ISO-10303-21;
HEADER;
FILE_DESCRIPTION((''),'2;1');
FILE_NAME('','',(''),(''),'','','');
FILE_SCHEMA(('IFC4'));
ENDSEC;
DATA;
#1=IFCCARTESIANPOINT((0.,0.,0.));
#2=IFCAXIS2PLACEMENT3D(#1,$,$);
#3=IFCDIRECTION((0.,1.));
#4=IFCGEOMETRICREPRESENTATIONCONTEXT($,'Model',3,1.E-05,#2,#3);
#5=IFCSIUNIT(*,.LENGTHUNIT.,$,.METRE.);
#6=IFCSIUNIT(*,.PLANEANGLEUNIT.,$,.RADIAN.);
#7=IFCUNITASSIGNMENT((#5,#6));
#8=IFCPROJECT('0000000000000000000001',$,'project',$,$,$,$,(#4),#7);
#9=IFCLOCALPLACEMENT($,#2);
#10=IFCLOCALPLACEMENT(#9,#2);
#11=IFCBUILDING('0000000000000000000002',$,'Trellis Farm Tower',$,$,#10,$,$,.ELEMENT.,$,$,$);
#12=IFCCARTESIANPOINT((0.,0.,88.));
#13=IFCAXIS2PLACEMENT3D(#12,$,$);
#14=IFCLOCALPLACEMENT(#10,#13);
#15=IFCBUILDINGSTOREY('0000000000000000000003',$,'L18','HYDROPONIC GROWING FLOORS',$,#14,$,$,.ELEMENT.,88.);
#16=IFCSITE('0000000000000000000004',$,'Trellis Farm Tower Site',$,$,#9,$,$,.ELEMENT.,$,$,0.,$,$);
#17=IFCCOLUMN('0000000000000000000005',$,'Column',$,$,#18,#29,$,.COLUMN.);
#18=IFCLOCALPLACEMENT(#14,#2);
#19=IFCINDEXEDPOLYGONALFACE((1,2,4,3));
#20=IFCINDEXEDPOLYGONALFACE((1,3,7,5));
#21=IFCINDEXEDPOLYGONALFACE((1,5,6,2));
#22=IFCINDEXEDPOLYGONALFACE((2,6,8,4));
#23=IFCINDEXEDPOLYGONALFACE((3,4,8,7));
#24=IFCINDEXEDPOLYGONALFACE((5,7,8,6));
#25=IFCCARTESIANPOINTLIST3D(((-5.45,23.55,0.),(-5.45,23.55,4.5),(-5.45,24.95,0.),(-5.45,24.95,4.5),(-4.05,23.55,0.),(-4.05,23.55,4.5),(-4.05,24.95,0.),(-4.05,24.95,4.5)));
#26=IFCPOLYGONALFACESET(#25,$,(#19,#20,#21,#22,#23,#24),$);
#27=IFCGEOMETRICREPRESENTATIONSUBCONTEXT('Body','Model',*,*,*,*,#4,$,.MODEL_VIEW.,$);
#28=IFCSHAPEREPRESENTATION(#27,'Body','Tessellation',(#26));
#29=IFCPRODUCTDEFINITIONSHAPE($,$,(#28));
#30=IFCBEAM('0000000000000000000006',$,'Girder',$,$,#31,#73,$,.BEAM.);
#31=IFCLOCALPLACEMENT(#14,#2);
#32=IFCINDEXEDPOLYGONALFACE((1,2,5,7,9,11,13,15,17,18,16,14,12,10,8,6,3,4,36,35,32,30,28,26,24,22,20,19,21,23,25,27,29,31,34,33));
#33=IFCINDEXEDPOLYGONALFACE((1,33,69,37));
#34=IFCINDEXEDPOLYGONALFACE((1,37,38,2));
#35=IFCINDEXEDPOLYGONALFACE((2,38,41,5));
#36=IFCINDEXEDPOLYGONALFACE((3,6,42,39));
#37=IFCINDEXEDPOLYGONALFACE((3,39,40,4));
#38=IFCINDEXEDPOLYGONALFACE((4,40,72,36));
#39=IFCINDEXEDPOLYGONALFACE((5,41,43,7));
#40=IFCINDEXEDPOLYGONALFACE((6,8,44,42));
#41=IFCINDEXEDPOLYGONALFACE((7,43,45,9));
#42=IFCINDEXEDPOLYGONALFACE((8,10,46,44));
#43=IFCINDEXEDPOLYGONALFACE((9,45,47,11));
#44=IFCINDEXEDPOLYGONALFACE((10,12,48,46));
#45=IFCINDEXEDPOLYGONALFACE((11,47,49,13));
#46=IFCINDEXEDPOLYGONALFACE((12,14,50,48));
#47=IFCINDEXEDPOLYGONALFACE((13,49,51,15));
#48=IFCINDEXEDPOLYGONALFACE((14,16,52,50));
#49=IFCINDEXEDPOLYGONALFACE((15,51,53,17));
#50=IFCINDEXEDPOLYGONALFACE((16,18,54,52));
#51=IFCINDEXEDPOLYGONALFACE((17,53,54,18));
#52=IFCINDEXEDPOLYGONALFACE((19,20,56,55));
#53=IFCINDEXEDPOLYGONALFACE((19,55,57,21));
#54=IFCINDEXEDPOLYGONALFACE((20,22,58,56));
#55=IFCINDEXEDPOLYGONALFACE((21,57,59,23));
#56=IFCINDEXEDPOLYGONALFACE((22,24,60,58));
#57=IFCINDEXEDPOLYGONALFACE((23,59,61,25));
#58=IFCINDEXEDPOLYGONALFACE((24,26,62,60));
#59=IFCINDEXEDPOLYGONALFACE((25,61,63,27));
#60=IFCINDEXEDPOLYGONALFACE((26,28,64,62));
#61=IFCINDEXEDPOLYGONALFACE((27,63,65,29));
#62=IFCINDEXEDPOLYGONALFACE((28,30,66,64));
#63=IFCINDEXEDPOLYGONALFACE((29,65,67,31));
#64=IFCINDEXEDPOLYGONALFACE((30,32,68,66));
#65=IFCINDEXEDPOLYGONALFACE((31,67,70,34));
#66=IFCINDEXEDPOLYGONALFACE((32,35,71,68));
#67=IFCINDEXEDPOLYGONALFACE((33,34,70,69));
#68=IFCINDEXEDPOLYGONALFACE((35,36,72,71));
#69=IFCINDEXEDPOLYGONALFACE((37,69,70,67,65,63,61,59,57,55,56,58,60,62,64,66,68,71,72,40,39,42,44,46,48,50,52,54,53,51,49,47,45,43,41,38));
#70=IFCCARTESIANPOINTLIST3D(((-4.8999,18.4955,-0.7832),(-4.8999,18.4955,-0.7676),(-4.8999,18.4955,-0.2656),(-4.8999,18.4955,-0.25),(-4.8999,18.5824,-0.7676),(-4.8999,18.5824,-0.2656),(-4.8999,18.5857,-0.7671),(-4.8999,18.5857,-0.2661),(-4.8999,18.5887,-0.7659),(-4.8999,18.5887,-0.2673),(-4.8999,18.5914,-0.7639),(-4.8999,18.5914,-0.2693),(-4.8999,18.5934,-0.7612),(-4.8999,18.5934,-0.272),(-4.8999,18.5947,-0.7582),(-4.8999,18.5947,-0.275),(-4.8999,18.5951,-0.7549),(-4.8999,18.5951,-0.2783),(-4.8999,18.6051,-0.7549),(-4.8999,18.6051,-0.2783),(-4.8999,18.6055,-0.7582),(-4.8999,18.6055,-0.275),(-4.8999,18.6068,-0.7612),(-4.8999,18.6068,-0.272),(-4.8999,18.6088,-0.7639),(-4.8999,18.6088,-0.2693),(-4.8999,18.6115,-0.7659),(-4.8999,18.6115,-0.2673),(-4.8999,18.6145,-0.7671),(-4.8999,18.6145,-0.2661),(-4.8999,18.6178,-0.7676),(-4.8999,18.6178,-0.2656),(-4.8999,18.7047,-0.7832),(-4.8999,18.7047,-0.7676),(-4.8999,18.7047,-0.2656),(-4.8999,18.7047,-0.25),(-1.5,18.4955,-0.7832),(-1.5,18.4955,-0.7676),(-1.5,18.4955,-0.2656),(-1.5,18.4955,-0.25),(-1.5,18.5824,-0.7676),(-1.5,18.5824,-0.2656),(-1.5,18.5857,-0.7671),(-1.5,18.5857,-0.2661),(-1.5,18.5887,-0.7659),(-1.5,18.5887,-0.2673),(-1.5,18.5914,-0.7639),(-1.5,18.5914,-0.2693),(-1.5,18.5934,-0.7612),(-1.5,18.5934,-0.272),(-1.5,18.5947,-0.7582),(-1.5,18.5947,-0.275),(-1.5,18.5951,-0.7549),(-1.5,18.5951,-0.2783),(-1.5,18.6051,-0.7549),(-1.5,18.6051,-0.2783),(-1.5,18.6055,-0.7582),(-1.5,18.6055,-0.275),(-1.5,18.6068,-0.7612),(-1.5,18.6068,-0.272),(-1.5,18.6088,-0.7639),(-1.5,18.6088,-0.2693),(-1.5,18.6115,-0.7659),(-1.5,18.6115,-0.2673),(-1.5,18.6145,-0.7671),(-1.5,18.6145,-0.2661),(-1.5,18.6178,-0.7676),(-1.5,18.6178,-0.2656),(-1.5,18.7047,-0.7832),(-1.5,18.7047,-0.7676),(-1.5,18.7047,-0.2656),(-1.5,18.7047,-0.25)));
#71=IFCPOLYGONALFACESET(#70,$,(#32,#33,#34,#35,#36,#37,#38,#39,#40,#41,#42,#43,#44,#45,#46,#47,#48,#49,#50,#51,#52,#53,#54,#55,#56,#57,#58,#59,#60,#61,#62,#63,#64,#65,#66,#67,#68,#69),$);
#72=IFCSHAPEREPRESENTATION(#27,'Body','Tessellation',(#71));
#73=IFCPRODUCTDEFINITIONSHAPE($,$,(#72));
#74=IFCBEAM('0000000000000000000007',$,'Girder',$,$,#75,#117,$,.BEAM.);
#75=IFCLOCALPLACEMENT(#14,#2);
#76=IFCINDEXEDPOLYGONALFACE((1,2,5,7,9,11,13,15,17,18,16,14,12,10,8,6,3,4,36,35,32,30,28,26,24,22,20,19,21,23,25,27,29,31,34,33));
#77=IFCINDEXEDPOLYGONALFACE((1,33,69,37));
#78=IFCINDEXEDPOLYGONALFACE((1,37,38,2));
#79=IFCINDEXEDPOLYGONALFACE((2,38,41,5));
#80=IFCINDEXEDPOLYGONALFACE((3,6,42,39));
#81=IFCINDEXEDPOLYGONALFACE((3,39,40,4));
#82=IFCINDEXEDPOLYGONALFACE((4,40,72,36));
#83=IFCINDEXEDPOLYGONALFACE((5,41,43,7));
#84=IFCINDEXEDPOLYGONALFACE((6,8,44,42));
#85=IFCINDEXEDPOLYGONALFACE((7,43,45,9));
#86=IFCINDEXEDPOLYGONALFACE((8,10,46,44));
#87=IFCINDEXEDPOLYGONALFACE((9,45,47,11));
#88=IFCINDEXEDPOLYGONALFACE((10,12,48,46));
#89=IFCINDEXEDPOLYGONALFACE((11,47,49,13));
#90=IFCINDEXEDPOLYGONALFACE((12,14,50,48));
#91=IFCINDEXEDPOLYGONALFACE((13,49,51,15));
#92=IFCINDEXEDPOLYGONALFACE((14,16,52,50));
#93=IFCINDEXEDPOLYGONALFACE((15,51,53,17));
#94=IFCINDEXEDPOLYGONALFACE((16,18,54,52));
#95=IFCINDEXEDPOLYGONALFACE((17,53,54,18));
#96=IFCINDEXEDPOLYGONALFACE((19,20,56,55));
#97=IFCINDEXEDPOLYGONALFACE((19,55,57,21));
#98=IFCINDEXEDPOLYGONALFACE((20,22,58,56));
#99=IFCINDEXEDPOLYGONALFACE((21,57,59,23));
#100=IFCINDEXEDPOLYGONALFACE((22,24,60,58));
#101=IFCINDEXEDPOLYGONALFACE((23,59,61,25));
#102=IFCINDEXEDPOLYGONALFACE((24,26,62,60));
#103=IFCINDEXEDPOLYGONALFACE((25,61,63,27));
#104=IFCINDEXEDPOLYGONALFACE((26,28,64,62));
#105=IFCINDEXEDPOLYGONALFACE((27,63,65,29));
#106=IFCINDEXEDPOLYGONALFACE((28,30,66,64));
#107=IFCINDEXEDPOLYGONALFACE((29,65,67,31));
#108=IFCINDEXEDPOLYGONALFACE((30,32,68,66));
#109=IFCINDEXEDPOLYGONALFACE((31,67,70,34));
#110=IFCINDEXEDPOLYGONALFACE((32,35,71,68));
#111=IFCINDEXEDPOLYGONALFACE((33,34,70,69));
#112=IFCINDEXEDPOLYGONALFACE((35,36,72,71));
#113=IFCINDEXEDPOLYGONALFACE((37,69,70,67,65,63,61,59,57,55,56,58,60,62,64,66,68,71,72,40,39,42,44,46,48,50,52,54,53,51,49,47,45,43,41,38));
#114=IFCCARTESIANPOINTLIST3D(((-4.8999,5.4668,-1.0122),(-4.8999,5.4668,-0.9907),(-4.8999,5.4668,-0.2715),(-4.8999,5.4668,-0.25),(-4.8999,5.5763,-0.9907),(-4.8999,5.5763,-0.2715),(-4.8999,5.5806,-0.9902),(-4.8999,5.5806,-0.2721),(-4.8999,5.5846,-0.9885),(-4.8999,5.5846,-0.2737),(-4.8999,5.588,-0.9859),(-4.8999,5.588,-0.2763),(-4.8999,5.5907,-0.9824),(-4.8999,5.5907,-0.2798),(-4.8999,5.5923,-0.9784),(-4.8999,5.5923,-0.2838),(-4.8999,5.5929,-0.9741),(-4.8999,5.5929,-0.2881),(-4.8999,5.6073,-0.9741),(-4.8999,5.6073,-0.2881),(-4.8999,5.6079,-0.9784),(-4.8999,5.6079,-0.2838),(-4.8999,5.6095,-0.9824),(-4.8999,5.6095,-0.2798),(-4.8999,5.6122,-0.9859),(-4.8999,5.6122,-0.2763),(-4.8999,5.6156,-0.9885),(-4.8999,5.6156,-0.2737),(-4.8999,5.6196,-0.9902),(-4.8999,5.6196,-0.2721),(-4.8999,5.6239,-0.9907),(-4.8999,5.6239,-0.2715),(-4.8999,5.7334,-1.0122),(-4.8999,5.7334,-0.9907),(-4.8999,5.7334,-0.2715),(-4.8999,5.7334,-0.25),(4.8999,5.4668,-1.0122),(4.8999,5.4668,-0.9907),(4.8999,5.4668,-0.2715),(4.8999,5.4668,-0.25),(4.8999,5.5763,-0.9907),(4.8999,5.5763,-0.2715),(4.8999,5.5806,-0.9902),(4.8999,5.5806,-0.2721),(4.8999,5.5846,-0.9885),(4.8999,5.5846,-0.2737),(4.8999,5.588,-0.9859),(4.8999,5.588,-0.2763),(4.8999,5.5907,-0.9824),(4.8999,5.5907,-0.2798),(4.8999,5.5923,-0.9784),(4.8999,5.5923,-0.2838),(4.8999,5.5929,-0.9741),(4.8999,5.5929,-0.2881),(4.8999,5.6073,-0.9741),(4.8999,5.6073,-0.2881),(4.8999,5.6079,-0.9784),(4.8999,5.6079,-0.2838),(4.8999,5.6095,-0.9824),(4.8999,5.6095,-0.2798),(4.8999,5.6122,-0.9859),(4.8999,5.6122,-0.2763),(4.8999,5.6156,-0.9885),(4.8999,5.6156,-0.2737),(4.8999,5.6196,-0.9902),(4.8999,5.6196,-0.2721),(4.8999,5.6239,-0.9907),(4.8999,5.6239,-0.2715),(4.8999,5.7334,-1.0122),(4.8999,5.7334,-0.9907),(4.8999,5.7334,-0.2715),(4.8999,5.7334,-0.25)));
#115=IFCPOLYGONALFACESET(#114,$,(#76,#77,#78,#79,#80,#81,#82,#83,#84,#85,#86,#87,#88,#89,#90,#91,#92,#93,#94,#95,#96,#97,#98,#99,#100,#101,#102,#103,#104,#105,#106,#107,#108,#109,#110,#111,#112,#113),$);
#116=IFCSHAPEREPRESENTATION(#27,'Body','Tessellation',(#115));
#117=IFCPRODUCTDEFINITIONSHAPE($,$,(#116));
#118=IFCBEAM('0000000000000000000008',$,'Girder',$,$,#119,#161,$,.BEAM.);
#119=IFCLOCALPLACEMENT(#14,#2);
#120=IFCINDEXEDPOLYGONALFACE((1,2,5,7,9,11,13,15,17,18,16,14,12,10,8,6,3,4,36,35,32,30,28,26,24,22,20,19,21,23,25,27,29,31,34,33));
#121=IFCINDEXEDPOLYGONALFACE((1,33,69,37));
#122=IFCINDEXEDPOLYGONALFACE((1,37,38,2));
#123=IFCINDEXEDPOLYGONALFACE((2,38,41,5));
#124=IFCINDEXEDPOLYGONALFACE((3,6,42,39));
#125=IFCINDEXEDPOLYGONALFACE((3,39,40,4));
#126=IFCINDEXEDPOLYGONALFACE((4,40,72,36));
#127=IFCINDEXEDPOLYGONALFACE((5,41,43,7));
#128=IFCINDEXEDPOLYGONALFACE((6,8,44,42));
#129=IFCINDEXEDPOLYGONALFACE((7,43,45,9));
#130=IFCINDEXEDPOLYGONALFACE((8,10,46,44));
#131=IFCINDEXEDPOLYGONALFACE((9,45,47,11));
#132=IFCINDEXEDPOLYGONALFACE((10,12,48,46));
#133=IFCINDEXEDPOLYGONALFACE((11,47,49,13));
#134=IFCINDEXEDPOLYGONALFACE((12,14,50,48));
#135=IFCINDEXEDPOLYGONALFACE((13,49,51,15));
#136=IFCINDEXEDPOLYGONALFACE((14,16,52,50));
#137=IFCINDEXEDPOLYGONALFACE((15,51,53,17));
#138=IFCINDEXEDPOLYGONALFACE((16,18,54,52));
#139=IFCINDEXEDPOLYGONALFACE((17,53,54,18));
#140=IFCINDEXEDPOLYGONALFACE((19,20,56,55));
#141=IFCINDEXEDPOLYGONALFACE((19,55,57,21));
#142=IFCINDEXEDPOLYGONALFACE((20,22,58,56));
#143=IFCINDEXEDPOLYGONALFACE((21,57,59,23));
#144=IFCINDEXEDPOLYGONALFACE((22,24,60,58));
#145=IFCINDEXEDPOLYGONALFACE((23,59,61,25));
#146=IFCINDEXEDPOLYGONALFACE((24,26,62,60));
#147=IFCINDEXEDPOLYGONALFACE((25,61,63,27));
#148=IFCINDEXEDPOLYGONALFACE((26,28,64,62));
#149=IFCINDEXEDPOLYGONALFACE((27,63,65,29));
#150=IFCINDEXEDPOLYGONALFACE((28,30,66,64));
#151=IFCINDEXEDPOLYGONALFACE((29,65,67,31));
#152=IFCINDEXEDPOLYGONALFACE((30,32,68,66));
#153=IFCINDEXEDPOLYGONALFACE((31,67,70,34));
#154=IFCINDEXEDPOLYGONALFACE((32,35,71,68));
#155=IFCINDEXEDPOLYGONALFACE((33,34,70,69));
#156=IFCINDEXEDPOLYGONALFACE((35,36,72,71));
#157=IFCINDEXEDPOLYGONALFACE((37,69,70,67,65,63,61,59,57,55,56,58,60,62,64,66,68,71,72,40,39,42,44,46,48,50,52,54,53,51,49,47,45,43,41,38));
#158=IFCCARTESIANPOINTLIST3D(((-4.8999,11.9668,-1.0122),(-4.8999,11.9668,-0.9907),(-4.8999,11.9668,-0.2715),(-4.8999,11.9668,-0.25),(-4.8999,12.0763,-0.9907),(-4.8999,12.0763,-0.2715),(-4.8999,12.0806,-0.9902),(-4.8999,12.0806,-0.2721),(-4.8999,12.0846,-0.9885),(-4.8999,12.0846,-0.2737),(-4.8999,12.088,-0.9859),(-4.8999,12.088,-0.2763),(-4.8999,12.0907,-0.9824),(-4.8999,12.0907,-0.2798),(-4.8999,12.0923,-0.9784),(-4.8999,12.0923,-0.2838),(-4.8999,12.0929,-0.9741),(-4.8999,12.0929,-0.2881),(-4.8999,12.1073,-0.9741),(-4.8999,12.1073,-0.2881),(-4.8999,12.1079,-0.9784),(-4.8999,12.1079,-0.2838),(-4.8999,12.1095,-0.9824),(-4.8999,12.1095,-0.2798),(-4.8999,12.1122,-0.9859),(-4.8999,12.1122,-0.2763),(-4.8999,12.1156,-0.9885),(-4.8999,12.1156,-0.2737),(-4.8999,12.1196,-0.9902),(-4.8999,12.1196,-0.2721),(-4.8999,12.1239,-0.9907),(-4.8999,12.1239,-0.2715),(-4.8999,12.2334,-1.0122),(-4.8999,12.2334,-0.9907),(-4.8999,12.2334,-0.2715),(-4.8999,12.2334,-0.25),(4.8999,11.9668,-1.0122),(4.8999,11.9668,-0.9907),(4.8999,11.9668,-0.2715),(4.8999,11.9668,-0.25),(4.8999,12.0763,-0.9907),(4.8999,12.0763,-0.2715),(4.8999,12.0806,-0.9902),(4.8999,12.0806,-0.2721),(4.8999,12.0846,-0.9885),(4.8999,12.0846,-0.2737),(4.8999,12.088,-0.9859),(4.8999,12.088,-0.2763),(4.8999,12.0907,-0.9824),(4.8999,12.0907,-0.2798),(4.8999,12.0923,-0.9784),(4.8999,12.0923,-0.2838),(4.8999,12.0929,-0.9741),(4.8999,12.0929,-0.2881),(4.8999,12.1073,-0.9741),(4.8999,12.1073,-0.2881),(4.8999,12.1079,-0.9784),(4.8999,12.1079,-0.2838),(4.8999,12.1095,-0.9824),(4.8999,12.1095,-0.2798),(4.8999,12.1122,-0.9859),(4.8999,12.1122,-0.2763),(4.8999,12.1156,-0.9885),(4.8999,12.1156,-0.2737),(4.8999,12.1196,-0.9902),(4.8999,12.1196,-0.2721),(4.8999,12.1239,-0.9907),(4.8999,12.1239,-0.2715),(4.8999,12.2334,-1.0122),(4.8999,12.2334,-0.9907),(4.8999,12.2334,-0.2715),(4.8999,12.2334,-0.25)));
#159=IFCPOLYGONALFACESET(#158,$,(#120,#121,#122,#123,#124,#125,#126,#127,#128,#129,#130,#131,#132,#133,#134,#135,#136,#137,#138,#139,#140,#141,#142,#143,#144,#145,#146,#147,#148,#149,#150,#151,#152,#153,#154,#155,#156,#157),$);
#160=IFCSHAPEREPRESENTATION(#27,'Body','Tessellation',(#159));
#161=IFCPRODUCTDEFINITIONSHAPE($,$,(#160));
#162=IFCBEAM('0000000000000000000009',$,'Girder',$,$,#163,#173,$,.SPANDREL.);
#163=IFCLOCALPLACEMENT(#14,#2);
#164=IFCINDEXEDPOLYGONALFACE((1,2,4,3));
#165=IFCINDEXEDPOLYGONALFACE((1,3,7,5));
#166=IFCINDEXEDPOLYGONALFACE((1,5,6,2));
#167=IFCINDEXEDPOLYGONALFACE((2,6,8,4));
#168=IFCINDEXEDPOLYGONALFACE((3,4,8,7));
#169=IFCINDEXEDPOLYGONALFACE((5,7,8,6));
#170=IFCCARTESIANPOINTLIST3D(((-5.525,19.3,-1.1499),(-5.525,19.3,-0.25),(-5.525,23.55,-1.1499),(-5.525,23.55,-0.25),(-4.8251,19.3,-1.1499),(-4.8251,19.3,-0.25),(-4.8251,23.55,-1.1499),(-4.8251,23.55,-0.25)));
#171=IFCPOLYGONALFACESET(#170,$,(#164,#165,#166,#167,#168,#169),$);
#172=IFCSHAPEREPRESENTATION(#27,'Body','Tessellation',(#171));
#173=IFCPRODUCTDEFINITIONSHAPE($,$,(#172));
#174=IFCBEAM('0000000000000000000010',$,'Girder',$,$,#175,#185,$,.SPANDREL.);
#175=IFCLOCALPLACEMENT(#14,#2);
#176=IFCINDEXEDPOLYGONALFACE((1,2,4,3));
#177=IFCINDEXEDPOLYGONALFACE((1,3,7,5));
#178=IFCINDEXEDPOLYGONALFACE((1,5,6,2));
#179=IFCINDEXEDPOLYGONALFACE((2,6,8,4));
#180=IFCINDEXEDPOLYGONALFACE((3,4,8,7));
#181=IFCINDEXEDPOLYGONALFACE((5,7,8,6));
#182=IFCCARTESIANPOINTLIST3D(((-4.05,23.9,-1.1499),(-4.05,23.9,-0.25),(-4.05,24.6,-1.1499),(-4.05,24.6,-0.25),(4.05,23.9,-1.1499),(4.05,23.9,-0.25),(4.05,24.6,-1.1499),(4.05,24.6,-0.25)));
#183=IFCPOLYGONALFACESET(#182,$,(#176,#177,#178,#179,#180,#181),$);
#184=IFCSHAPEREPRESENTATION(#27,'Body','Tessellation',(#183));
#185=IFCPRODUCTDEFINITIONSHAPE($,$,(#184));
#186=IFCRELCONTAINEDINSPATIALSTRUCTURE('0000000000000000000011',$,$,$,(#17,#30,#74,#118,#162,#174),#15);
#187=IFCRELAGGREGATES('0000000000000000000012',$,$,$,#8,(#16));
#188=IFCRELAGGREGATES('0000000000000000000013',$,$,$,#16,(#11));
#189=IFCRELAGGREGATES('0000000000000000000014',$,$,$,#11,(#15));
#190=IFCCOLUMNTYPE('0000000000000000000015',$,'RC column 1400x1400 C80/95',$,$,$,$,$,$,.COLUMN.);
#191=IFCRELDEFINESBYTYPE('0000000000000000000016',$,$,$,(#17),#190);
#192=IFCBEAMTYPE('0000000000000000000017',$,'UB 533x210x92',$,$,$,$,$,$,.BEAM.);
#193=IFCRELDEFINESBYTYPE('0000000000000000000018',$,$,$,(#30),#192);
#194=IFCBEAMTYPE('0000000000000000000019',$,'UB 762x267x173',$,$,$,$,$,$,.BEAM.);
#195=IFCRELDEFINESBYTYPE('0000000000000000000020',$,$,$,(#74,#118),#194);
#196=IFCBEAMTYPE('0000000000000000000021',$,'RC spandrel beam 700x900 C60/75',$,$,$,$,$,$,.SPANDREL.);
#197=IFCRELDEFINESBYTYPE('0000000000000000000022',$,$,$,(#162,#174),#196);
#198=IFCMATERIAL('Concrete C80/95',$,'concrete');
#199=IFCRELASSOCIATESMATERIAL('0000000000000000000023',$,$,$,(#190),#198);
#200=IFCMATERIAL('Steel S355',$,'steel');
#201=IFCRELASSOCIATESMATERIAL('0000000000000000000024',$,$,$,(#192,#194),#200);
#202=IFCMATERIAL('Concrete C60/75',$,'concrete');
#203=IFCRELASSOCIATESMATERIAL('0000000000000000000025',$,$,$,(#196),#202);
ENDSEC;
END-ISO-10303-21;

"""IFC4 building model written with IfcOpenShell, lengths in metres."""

from ifc_helpers import new_model, si_unit, direction, frame, origin, origin_2d, place, context, subcontext, project, spatial, rectangle, i_section, extrude, source, transform, mapped, material, material_profile, profile_set, type_object, element, save


model = new_model("IFC4")

# Units and contexts
model_context = context("Model", 3, precision=1e-05, world=origin(), true_north=direction((0.0, 1.0)))
body_context = subcontext(model_context, "Body", "Model", "MODEL_VIEW")
ifc_project = project(units=[si_unit("LENGTHUNIT", "METRE"), si_unit("PLANEANGLEUNIT", "RADIAN")], contexts=[model_context])

# Site, building, storey
site_placement = place(None, origin())
site = spatial("IfcSite", under=ifc_project, at=site_placement, Name="Trellis Farm Tower Site", CompositionType="ELEMENT", RefElevation=0.0)
building_placement = place(site_placement, origin())
building = spatial("IfcBuilding", under=site, at=building_placement, Name="Trellis Farm Tower", CompositionType="ELEMENT")
storey_placement = place(building_placement, frame((0.0, 0.0, 88.0)))
storey = spatial("IfcBuildingStorey", under=building, at=storey_placement, Name="L18", Description="HYDROPONIC GROWING FLOORS", CompositionType="ELEMENT", Elevation=88.0)

# Column
ifc_material_1 = material(Name="Concrete C80/95", Category="concrete")
ifc_material_profile_1 = material_profile(ifc_material_1, rectangle(XDim=1.3999, YDim=1.3999, at=origin_2d()), Name="RC column 1400x1400 C80/95")
ifc_profile_set_1 = profile_set([ifc_material_profile_1], Name="Concrete C80/95")
column_type = type_object("IfcColumnType", Name="RC column 1400x1400 C80/95", PredefinedType="COLUMN", material=ifc_profile_set_1)
shared_shape_1 = source(origin(), body_context, "Body", "SweptSolid", [
    extrude(rectangle(XDim=1.3999, YDim=1.3999, at=origin_2d()), origin(), (0.0, 0.0, 1.0), 4.5),
])
column_placement = place(storey_placement, frame((-4.75, 24.25, 0.0), z_axis=(0.0, 0.0, 1.0), x_axis=(1.0, 0.0, 0.0)))
element("IfcColumn", 1, at=column_placement, inside=storey, type_object=column_type, Name="Column", PredefinedType="COLUMN", context=body_context, shape_type="MappedRepresentation", body=[
    mapped(shared_shape_1, transform((0.0, 0.0, 0.0))),
])

# Beams
ifc_material_2 = material(Name="Steel S355", Category="steel")
ifc_material_profile_2 = material_profile(ifc_material_2, i_section(OverallWidth=0.2092, OverallDepth=0.5332, WebThickness=0.01, FlangeThickness=0.0156, FilletRadius=0.0127, at=origin_2d()), Name="UB 533x210x92")
ifc_profile_set_2 = profile_set([ifc_material_profile_2], Name="Steel S355")
beam_type_1 = type_object("IfcBeamType", Name="UB 533x210x92", PredefinedType="BEAM", material=ifc_profile_set_2)
shared_shape_2 = source(origin(), body_context, "Body", "SweptSolid", [
    extrude(i_section(OverallWidth=0.2092, OverallDepth=0.5332, WebThickness=0.01, FlangeThickness=0.0156, FilletRadius=0.0127, at=origin_2d()), origin(), (0.0, 0.0, 1.0), 3.3999),
])
beam_1_placement = place(storey_placement, frame((-4.8999, 18.6001, -0.5166), z_axis=(1.0, 0.0, 0.0), x_axis=(0.0, 1.0, 0.0)))
element("IfcBeam", 2, at=beam_1_placement, inside=storey, type_object=beam_type_1, Name="Girder", PredefinedType="BEAM", context=body_context, shape_type="MappedRepresentation", body=[
    mapped(shared_shape_2, transform((0.0, 0.0, 0.0))),
])
ifc_material_profile_3 = material_profile(ifc_material_2, i_section(OverallWidth=0.2666, OverallDepth=0.7622, WebThickness=0.0144, FlangeThickness=0.0215, FilletRadius=0.0166, at=origin_2d()), Name="UB 762x267x173")
ifc_profile_set_3 = profile_set([ifc_material_profile_3], Name="Steel S355")
beam_type_2 = type_object("IfcBeamType", Name="UB 762x267x173", PredefinedType="BEAM", material=ifc_profile_set_3)
shared_shape_3 = source(origin(), body_context, "Body", "SweptSolid", [
    extrude(i_section(OverallWidth=0.2666, OverallDepth=0.7622, WebThickness=0.0144, FlangeThickness=0.0215, FilletRadius=0.0166, at=origin_2d()), origin(), (0.0, 0.0, 1.0), 9.7998),
])
for number, where, z_axis, x_axis, name in (
    (3, (-4.8999, 5.6001, -0.6311), (1.0, 0.0, 0.0), (0.0, 1.0, 0.0), "Girder"),
    (4, (-4.8999, 12.1001, -0.6311), (1.0, 0.0, 0.0), (0.0, 1.0, 0.0), "Girder"),
):
    element("IfcBeam", number, at=place(storey_placement, frame(where, z_axis=z_axis, x_axis=x_axis)), inside=storey, type_object=beam_type_2, Name=name, PredefinedType="BEAM", context=body_context, shape_type="MappedRepresentation", body=[
        mapped(shared_shape_3, transform((0.0, 0.0, 0.0))),
    ])
ifc_material_3 = material(Name="Concrete C60/75", Category="concrete")
ifc_material_profile_4 = material_profile(ifc_material_3, rectangle(XDim=0.7, YDim=0.8999, at=origin_2d()), Name="RC spandrel beam 700x900 C60/75")
ifc_profile_set_4 = profile_set([ifc_material_profile_4], Name="Concrete C60/75")
beam_type_3 = type_object("IfcBeamType", Name="RC spandrel beam 700x900 C60/75", PredefinedType="SPANDREL", material=ifc_profile_set_4)
shared_shape_4 = source(origin(), body_context, "Body", "SweptSolid", [
    extrude(rectangle(XDim=0.7, YDim=0.8999, at=origin_2d()), origin(), (0.0, 0.0, 1.0), 4.25),
])
beam_2_placement = place(storey_placement, frame((-5.175, 19.3, -0.7), z_axis=(0.0, 1.0, 0.0), x_axis=(-1.0, 0.0, 0.0)))
element("IfcBeam", 5, at=beam_2_placement, inside=storey, type_object=beam_type_3, Name="Girder", PredefinedType="SPANDREL", context=body_context, shape_type="MappedRepresentation", body=[
    mapped(shared_shape_4, transform((0.0, 0.0, 0.0))),
])
shared_shape_5 = source(origin(), body_context, "Body", "SweptSolid", [
    extrude(rectangle(XDim=0.7, YDim=0.8999, at=origin_2d()), origin(), (0.0, 0.0, 1.0), 8.1001),
])
beam_3_placement = place(storey_placement, frame((-4.05, 24.25, -0.7), z_axis=(1.0, 0.0, 0.0), x_axis=(0.0, 1.0, 0.0)))
element("IfcBeam", 6, at=beam_3_placement, inside=storey, type_object=beam_type_3, Name="Girder", PredefinedType="SPANDREL", context=body_context, shape_type="MappedRepresentation", body=[
    mapped(shared_shape_5, transform((0.0, 0.0, 0.0))),
])

save(model, "model.ifc")
